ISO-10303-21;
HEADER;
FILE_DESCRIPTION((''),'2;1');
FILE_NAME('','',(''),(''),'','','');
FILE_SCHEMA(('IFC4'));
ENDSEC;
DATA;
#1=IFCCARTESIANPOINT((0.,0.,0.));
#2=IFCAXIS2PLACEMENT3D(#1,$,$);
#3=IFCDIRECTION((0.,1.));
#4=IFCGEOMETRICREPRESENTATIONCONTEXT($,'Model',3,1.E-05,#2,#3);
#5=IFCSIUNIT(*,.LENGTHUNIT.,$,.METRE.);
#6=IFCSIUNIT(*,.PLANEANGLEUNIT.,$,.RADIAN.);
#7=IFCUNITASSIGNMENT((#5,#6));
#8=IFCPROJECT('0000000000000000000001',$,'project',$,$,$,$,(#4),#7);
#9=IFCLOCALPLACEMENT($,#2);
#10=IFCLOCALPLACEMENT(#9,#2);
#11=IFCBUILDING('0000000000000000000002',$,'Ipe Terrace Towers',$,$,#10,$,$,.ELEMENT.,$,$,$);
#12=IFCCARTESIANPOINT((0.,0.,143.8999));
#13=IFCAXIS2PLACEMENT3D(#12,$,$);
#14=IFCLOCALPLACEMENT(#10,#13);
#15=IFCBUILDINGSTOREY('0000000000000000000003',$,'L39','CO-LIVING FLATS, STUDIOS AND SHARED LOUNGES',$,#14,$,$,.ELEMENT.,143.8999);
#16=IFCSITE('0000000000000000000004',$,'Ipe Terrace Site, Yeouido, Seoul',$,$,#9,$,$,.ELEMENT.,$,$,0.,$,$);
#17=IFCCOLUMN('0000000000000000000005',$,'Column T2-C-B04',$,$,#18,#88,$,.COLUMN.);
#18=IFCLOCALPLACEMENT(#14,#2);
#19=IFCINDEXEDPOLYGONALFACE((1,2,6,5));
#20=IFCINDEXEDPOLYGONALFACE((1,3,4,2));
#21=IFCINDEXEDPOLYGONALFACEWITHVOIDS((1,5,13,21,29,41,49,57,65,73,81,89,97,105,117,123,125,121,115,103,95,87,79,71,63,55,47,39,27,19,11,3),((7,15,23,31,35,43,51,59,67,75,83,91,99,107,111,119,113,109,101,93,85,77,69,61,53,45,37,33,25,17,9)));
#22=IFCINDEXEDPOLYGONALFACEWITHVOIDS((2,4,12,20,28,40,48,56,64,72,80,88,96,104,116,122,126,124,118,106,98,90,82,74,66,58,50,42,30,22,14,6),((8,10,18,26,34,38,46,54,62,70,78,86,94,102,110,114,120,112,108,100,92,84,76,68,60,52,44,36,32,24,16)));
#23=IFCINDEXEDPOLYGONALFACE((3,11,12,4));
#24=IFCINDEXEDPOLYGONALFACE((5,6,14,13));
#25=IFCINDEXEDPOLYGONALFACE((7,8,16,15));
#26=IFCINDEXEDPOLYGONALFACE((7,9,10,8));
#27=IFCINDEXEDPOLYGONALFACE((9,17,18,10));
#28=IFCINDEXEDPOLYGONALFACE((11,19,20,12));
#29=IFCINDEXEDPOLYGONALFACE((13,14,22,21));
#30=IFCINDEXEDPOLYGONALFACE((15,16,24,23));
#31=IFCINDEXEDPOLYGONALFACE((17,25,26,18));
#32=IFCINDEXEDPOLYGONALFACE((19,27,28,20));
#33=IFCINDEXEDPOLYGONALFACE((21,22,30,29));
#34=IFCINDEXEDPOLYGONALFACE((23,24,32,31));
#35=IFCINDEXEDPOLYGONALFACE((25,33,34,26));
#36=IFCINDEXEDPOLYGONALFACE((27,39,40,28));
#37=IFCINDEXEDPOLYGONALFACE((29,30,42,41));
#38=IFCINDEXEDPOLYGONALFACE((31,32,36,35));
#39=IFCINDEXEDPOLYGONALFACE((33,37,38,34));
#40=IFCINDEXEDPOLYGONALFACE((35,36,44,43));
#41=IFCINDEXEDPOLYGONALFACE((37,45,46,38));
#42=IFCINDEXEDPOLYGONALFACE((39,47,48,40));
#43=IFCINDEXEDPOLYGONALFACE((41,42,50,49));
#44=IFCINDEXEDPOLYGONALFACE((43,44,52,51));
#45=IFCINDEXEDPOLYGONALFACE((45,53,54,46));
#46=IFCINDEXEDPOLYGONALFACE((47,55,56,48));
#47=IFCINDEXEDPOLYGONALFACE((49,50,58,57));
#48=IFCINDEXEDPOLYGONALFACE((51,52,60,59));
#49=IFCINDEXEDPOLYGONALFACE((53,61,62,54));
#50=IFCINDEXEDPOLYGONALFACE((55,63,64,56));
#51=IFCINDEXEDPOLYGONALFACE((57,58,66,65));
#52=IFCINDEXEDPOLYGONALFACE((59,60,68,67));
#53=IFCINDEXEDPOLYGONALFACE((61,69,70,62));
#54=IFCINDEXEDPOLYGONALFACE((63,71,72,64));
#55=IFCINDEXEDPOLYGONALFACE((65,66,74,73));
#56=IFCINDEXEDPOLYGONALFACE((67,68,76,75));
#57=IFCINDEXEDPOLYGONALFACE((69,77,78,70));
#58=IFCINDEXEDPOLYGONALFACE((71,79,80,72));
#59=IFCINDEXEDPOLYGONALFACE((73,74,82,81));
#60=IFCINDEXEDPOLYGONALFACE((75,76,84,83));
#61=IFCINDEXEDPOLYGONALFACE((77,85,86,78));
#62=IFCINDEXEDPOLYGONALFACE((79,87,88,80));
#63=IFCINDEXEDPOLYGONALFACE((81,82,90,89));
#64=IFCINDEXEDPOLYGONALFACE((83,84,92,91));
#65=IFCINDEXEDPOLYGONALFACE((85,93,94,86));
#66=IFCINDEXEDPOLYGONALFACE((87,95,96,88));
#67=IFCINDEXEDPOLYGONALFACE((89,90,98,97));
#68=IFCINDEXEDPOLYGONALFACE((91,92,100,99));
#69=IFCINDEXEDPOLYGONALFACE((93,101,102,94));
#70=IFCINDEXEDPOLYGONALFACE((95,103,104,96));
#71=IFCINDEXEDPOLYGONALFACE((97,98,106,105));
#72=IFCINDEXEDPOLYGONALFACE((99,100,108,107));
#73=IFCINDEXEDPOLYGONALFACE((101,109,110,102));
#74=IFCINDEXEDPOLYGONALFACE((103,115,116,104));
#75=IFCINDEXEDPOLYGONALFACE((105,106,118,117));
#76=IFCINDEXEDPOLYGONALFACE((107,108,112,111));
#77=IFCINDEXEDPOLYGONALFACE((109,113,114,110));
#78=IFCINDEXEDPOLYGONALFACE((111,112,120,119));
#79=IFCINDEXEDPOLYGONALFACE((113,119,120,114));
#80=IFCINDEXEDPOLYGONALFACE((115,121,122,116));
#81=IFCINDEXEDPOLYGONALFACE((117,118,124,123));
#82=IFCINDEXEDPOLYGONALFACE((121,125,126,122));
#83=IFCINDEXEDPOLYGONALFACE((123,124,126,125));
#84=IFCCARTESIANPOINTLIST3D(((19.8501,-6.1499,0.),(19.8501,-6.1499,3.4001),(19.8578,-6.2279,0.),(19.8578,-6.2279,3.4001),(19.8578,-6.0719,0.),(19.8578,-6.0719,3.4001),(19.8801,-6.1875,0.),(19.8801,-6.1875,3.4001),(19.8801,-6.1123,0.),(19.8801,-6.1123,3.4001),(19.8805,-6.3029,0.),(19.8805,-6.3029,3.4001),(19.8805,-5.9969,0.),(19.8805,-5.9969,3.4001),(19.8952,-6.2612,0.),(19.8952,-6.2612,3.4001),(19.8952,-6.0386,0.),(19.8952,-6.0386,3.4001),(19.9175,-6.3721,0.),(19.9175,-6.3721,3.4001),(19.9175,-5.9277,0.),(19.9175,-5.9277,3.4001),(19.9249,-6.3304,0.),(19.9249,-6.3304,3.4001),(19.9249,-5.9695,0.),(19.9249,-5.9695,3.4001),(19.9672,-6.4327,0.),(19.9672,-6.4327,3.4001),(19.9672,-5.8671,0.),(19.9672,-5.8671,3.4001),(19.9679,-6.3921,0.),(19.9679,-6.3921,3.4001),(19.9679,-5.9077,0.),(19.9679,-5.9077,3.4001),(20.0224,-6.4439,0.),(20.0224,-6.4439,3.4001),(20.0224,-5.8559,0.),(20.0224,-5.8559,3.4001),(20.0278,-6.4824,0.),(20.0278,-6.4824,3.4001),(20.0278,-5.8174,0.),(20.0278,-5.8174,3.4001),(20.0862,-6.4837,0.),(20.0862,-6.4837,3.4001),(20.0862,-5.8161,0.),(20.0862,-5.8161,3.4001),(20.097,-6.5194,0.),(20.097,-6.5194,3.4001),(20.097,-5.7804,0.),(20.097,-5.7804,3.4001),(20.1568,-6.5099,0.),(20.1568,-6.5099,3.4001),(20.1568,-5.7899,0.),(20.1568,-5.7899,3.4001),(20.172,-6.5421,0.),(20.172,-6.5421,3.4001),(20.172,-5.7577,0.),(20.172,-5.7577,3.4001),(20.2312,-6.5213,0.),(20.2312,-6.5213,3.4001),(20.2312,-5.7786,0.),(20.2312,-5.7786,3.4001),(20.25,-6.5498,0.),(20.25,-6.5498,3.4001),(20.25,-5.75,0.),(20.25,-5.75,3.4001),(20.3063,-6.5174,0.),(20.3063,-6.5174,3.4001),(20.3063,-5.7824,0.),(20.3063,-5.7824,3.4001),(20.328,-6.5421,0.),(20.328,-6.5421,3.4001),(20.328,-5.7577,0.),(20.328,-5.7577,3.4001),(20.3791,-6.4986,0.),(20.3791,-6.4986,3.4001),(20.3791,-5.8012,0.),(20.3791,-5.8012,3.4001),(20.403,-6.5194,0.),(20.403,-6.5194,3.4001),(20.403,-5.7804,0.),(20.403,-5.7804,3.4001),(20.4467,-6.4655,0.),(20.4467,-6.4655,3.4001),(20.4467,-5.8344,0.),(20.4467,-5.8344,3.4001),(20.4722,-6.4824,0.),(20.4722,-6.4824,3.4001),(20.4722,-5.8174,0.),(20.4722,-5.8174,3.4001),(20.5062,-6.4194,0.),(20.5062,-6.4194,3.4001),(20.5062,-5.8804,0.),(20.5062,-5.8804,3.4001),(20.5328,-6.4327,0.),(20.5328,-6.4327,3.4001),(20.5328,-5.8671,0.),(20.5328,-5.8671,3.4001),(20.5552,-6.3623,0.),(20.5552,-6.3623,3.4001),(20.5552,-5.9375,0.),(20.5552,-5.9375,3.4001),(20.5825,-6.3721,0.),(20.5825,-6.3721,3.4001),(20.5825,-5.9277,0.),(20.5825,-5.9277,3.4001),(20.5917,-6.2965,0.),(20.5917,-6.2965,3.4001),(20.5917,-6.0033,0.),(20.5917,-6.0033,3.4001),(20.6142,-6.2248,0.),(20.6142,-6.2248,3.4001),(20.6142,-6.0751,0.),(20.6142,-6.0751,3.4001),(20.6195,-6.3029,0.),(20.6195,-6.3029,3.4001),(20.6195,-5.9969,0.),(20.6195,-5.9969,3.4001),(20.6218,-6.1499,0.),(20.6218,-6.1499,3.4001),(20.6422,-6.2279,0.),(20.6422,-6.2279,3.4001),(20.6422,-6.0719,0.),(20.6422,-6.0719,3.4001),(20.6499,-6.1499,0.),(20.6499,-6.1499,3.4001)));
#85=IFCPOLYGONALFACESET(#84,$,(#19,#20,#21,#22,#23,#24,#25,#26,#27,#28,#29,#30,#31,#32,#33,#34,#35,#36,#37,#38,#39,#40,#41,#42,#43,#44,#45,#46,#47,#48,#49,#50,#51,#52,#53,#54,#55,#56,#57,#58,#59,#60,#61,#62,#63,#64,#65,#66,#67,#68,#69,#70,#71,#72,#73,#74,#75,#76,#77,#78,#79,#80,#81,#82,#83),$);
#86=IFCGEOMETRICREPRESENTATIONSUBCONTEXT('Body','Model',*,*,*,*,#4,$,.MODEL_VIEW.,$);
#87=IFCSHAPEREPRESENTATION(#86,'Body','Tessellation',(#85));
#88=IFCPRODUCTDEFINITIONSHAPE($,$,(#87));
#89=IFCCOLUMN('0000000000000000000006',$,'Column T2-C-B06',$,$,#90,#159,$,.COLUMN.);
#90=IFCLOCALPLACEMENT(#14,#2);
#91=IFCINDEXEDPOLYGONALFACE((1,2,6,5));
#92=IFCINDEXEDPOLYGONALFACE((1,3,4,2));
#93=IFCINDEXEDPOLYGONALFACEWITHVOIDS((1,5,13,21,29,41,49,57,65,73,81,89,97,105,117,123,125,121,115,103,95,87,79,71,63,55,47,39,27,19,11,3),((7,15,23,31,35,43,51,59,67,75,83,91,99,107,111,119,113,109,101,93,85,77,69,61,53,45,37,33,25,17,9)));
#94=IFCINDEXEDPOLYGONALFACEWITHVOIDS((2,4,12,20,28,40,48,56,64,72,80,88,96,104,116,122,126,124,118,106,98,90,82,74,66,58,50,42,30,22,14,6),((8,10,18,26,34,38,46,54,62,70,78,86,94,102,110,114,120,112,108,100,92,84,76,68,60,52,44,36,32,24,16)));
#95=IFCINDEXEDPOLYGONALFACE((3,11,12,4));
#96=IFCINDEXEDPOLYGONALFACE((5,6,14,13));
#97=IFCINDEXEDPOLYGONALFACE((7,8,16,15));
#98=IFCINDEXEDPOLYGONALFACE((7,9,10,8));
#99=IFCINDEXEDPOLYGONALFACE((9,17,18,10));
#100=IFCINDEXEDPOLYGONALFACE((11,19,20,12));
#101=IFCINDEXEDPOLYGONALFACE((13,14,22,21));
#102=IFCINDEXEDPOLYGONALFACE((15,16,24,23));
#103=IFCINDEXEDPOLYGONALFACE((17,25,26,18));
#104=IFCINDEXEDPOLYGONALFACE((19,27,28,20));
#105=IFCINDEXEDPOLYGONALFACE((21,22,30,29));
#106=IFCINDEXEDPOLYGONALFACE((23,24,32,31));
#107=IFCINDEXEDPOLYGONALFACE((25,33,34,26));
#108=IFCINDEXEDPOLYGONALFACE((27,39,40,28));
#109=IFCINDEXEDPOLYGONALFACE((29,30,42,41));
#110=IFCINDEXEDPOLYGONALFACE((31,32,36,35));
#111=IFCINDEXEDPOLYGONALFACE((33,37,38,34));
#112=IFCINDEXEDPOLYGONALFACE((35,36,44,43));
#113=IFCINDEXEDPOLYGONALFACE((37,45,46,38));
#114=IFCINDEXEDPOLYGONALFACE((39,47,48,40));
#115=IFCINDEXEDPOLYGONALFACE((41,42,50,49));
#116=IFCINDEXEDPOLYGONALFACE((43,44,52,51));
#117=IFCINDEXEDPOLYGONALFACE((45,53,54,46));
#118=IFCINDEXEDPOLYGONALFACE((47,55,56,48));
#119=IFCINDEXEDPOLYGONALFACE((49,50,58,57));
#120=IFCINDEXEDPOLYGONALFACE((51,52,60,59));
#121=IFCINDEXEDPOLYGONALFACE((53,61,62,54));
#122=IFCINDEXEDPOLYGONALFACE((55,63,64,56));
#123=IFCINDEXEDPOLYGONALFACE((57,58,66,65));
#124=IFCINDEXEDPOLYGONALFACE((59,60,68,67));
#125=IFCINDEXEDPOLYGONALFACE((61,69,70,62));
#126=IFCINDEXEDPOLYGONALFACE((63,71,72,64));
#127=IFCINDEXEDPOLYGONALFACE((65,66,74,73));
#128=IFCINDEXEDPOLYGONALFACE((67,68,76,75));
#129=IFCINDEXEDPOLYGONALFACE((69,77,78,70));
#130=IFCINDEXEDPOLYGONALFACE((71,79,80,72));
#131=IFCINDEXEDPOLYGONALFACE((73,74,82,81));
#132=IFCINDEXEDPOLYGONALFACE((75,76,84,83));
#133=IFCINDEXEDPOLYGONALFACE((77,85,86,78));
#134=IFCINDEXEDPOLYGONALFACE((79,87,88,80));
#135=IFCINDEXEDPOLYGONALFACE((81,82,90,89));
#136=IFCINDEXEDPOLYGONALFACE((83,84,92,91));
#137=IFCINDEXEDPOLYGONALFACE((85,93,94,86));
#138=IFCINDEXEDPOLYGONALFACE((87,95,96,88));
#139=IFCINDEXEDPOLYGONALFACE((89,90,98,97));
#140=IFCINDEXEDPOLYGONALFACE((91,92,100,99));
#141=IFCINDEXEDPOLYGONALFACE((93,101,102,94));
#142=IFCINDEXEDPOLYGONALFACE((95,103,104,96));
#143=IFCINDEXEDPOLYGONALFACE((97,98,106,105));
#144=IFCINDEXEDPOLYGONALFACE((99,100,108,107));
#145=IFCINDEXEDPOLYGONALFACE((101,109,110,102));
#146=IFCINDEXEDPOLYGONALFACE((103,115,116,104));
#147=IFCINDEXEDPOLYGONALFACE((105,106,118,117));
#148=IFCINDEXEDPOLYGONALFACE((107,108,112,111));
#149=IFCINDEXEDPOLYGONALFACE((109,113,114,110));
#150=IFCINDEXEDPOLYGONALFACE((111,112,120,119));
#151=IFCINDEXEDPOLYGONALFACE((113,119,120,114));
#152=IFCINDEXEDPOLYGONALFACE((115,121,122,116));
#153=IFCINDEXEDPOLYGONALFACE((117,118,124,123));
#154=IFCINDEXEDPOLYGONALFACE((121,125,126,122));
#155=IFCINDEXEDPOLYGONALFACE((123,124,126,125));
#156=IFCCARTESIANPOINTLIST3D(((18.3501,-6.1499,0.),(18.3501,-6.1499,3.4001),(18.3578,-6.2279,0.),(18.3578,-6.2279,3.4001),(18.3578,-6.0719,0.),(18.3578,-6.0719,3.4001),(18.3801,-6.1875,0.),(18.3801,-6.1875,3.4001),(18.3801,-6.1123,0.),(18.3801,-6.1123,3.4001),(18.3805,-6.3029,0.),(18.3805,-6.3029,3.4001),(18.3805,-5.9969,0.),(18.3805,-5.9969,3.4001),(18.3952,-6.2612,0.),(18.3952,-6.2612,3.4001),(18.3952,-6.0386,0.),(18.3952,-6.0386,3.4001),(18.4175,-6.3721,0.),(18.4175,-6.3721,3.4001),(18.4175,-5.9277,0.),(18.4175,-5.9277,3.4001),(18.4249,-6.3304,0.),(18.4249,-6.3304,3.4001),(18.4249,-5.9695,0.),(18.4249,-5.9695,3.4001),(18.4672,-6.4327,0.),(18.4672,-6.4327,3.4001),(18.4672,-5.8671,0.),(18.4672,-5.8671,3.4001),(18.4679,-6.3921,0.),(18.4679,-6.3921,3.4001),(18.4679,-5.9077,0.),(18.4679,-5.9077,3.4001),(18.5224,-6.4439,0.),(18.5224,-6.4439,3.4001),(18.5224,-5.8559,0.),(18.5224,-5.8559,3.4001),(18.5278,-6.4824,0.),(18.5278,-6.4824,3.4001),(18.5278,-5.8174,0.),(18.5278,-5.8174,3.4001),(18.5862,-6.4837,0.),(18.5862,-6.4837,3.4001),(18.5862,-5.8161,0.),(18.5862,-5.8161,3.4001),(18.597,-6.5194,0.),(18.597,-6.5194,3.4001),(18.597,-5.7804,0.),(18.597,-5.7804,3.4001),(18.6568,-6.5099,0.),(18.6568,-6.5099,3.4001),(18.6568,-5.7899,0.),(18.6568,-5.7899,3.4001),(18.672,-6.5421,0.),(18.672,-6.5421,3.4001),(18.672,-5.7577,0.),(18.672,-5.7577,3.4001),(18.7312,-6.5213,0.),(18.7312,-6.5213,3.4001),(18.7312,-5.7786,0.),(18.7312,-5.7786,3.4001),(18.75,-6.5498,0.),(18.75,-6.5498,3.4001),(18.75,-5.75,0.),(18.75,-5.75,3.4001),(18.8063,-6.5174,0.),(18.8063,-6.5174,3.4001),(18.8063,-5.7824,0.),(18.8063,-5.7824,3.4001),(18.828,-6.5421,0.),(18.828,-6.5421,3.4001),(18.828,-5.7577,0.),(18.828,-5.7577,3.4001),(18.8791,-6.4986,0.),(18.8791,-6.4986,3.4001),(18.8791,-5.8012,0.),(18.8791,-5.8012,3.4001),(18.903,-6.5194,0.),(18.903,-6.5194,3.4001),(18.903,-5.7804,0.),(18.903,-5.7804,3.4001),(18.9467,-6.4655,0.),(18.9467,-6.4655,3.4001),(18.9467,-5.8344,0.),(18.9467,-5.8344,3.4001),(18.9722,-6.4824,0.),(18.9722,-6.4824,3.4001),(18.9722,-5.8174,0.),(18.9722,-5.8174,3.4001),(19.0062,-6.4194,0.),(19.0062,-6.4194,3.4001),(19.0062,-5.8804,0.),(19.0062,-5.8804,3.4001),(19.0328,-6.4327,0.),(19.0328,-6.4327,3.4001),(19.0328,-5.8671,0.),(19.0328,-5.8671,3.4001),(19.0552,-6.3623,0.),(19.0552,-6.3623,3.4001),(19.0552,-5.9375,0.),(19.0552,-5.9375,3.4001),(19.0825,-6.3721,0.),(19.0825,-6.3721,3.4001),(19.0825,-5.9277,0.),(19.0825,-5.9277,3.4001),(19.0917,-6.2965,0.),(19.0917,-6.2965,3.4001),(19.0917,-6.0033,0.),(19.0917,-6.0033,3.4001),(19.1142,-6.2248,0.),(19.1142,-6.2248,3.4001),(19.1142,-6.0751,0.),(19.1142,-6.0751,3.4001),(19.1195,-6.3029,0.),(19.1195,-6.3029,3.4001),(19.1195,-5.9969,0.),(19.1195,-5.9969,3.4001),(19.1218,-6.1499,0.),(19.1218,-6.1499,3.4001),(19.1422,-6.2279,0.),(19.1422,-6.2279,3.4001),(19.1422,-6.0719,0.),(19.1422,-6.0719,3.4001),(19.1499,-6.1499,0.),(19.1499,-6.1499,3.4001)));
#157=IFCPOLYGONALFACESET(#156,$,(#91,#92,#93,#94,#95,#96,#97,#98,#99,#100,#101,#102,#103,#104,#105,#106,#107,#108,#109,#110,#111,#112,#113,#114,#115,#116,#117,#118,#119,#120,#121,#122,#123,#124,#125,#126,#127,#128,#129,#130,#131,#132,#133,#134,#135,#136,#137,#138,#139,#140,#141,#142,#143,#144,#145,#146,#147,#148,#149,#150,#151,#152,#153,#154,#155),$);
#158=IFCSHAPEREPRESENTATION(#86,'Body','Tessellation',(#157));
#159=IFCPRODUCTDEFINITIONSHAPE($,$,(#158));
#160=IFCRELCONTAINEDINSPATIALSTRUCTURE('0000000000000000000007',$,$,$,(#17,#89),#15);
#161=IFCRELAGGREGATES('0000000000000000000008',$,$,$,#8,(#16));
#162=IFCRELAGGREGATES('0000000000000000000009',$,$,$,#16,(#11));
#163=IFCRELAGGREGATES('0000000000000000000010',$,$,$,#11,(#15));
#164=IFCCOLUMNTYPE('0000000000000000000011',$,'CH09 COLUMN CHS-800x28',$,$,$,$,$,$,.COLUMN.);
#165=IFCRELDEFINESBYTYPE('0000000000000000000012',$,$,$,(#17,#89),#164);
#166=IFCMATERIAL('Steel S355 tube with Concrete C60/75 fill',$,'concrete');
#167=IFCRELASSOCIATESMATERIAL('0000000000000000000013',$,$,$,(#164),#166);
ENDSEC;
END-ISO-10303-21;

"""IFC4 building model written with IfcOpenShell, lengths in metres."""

from ifc_helpers import new_model, si_unit, direction, frame, origin, origin_2d, place, context, subcontext, project, spatial, hollow_circle, extrude, material, material_profile, profile_set, type_object, element, save


model = new_model("IFC4")

# Units and contexts
model_context = context("Model", 3, precision=1e-05, world=origin(), true_north=direction((0.0, 1.0)))
body_context = subcontext(model_context, "Body", "Model", "MODEL_VIEW")
ifc_project = project(units=[si_unit("LENGTHUNIT", "METRE"), si_unit("PLANEANGLEUNIT", "RADIAN")], contexts=[model_context])

# Site, building, storey
site_placement = place(None, origin())
site = spatial("IfcSite", under=ifc_project, at=site_placement, Name="Ipe Terrace Site, Yeouido, Seoul", CompositionType="ELEMENT", RefElevation=0.0)
building_placement = place(site_placement, origin())
building = spatial("IfcBuilding", under=site, at=building_placement, Name="Ipe Terrace Towers", CompositionType="ELEMENT")
storey_placement = place(building_placement, frame((0.0, 0.0, 143.8999)))
storey = spatial("IfcBuildingStorey", under=building, at=storey_placement, Name="L39", Description="CO-LIVING FLATS, STUDIOS AND SHARED LOUNGES", CompositionType="ELEMENT", Elevation=143.8999)

# Columns
ifc_material_1 = material(Name="Steel S355 tube with Concrete C60/75 fill", Category="concrete")
ifc_material_profile_1 = material_profile(ifc_material_1, hollow_circle(Radius=0.3999, WallThickness=0.0281, at=origin_2d()), Name="CHS-800x28")
ifc_profile_set_1 = profile_set([ifc_material_profile_1], Name="Steel S355 tube with Concrete C60/75 fill")
column_type = type_object("IfcColumnType", Name="CH09 COLUMN CHS-800x28", PredefinedType="COLUMN", material=ifc_profile_set_1)
for number, where, z_axis, x_axis, name in (
    (1, (20.25, -6.1499, 0.0), (0.0, 0.0, 1.0), (1.0, 0.0, 0.0), "Column T2-C-B04"),
    (2, (18.75, -6.1499, 0.0), (0.0, 0.0, 1.0), (1.0, 0.0, 0.0), "Column T2-C-B06"),
):
    element("IfcColumn", number, at=place(storey_placement, frame(where, z_axis=z_axis, x_axis=x_axis)), inside=storey, type_object=column_type, Name=name, PredefinedType="COLUMN", context=body_context, shape_type="SweptSolid", body=[
        extrude(hollow_circle(Radius=0.3999, WallThickness=0.0281, at=origin_2d()), origin(), (0.0, 0.0, 1.0), 3.4001),
    ])

save(model, "model.ifc")
